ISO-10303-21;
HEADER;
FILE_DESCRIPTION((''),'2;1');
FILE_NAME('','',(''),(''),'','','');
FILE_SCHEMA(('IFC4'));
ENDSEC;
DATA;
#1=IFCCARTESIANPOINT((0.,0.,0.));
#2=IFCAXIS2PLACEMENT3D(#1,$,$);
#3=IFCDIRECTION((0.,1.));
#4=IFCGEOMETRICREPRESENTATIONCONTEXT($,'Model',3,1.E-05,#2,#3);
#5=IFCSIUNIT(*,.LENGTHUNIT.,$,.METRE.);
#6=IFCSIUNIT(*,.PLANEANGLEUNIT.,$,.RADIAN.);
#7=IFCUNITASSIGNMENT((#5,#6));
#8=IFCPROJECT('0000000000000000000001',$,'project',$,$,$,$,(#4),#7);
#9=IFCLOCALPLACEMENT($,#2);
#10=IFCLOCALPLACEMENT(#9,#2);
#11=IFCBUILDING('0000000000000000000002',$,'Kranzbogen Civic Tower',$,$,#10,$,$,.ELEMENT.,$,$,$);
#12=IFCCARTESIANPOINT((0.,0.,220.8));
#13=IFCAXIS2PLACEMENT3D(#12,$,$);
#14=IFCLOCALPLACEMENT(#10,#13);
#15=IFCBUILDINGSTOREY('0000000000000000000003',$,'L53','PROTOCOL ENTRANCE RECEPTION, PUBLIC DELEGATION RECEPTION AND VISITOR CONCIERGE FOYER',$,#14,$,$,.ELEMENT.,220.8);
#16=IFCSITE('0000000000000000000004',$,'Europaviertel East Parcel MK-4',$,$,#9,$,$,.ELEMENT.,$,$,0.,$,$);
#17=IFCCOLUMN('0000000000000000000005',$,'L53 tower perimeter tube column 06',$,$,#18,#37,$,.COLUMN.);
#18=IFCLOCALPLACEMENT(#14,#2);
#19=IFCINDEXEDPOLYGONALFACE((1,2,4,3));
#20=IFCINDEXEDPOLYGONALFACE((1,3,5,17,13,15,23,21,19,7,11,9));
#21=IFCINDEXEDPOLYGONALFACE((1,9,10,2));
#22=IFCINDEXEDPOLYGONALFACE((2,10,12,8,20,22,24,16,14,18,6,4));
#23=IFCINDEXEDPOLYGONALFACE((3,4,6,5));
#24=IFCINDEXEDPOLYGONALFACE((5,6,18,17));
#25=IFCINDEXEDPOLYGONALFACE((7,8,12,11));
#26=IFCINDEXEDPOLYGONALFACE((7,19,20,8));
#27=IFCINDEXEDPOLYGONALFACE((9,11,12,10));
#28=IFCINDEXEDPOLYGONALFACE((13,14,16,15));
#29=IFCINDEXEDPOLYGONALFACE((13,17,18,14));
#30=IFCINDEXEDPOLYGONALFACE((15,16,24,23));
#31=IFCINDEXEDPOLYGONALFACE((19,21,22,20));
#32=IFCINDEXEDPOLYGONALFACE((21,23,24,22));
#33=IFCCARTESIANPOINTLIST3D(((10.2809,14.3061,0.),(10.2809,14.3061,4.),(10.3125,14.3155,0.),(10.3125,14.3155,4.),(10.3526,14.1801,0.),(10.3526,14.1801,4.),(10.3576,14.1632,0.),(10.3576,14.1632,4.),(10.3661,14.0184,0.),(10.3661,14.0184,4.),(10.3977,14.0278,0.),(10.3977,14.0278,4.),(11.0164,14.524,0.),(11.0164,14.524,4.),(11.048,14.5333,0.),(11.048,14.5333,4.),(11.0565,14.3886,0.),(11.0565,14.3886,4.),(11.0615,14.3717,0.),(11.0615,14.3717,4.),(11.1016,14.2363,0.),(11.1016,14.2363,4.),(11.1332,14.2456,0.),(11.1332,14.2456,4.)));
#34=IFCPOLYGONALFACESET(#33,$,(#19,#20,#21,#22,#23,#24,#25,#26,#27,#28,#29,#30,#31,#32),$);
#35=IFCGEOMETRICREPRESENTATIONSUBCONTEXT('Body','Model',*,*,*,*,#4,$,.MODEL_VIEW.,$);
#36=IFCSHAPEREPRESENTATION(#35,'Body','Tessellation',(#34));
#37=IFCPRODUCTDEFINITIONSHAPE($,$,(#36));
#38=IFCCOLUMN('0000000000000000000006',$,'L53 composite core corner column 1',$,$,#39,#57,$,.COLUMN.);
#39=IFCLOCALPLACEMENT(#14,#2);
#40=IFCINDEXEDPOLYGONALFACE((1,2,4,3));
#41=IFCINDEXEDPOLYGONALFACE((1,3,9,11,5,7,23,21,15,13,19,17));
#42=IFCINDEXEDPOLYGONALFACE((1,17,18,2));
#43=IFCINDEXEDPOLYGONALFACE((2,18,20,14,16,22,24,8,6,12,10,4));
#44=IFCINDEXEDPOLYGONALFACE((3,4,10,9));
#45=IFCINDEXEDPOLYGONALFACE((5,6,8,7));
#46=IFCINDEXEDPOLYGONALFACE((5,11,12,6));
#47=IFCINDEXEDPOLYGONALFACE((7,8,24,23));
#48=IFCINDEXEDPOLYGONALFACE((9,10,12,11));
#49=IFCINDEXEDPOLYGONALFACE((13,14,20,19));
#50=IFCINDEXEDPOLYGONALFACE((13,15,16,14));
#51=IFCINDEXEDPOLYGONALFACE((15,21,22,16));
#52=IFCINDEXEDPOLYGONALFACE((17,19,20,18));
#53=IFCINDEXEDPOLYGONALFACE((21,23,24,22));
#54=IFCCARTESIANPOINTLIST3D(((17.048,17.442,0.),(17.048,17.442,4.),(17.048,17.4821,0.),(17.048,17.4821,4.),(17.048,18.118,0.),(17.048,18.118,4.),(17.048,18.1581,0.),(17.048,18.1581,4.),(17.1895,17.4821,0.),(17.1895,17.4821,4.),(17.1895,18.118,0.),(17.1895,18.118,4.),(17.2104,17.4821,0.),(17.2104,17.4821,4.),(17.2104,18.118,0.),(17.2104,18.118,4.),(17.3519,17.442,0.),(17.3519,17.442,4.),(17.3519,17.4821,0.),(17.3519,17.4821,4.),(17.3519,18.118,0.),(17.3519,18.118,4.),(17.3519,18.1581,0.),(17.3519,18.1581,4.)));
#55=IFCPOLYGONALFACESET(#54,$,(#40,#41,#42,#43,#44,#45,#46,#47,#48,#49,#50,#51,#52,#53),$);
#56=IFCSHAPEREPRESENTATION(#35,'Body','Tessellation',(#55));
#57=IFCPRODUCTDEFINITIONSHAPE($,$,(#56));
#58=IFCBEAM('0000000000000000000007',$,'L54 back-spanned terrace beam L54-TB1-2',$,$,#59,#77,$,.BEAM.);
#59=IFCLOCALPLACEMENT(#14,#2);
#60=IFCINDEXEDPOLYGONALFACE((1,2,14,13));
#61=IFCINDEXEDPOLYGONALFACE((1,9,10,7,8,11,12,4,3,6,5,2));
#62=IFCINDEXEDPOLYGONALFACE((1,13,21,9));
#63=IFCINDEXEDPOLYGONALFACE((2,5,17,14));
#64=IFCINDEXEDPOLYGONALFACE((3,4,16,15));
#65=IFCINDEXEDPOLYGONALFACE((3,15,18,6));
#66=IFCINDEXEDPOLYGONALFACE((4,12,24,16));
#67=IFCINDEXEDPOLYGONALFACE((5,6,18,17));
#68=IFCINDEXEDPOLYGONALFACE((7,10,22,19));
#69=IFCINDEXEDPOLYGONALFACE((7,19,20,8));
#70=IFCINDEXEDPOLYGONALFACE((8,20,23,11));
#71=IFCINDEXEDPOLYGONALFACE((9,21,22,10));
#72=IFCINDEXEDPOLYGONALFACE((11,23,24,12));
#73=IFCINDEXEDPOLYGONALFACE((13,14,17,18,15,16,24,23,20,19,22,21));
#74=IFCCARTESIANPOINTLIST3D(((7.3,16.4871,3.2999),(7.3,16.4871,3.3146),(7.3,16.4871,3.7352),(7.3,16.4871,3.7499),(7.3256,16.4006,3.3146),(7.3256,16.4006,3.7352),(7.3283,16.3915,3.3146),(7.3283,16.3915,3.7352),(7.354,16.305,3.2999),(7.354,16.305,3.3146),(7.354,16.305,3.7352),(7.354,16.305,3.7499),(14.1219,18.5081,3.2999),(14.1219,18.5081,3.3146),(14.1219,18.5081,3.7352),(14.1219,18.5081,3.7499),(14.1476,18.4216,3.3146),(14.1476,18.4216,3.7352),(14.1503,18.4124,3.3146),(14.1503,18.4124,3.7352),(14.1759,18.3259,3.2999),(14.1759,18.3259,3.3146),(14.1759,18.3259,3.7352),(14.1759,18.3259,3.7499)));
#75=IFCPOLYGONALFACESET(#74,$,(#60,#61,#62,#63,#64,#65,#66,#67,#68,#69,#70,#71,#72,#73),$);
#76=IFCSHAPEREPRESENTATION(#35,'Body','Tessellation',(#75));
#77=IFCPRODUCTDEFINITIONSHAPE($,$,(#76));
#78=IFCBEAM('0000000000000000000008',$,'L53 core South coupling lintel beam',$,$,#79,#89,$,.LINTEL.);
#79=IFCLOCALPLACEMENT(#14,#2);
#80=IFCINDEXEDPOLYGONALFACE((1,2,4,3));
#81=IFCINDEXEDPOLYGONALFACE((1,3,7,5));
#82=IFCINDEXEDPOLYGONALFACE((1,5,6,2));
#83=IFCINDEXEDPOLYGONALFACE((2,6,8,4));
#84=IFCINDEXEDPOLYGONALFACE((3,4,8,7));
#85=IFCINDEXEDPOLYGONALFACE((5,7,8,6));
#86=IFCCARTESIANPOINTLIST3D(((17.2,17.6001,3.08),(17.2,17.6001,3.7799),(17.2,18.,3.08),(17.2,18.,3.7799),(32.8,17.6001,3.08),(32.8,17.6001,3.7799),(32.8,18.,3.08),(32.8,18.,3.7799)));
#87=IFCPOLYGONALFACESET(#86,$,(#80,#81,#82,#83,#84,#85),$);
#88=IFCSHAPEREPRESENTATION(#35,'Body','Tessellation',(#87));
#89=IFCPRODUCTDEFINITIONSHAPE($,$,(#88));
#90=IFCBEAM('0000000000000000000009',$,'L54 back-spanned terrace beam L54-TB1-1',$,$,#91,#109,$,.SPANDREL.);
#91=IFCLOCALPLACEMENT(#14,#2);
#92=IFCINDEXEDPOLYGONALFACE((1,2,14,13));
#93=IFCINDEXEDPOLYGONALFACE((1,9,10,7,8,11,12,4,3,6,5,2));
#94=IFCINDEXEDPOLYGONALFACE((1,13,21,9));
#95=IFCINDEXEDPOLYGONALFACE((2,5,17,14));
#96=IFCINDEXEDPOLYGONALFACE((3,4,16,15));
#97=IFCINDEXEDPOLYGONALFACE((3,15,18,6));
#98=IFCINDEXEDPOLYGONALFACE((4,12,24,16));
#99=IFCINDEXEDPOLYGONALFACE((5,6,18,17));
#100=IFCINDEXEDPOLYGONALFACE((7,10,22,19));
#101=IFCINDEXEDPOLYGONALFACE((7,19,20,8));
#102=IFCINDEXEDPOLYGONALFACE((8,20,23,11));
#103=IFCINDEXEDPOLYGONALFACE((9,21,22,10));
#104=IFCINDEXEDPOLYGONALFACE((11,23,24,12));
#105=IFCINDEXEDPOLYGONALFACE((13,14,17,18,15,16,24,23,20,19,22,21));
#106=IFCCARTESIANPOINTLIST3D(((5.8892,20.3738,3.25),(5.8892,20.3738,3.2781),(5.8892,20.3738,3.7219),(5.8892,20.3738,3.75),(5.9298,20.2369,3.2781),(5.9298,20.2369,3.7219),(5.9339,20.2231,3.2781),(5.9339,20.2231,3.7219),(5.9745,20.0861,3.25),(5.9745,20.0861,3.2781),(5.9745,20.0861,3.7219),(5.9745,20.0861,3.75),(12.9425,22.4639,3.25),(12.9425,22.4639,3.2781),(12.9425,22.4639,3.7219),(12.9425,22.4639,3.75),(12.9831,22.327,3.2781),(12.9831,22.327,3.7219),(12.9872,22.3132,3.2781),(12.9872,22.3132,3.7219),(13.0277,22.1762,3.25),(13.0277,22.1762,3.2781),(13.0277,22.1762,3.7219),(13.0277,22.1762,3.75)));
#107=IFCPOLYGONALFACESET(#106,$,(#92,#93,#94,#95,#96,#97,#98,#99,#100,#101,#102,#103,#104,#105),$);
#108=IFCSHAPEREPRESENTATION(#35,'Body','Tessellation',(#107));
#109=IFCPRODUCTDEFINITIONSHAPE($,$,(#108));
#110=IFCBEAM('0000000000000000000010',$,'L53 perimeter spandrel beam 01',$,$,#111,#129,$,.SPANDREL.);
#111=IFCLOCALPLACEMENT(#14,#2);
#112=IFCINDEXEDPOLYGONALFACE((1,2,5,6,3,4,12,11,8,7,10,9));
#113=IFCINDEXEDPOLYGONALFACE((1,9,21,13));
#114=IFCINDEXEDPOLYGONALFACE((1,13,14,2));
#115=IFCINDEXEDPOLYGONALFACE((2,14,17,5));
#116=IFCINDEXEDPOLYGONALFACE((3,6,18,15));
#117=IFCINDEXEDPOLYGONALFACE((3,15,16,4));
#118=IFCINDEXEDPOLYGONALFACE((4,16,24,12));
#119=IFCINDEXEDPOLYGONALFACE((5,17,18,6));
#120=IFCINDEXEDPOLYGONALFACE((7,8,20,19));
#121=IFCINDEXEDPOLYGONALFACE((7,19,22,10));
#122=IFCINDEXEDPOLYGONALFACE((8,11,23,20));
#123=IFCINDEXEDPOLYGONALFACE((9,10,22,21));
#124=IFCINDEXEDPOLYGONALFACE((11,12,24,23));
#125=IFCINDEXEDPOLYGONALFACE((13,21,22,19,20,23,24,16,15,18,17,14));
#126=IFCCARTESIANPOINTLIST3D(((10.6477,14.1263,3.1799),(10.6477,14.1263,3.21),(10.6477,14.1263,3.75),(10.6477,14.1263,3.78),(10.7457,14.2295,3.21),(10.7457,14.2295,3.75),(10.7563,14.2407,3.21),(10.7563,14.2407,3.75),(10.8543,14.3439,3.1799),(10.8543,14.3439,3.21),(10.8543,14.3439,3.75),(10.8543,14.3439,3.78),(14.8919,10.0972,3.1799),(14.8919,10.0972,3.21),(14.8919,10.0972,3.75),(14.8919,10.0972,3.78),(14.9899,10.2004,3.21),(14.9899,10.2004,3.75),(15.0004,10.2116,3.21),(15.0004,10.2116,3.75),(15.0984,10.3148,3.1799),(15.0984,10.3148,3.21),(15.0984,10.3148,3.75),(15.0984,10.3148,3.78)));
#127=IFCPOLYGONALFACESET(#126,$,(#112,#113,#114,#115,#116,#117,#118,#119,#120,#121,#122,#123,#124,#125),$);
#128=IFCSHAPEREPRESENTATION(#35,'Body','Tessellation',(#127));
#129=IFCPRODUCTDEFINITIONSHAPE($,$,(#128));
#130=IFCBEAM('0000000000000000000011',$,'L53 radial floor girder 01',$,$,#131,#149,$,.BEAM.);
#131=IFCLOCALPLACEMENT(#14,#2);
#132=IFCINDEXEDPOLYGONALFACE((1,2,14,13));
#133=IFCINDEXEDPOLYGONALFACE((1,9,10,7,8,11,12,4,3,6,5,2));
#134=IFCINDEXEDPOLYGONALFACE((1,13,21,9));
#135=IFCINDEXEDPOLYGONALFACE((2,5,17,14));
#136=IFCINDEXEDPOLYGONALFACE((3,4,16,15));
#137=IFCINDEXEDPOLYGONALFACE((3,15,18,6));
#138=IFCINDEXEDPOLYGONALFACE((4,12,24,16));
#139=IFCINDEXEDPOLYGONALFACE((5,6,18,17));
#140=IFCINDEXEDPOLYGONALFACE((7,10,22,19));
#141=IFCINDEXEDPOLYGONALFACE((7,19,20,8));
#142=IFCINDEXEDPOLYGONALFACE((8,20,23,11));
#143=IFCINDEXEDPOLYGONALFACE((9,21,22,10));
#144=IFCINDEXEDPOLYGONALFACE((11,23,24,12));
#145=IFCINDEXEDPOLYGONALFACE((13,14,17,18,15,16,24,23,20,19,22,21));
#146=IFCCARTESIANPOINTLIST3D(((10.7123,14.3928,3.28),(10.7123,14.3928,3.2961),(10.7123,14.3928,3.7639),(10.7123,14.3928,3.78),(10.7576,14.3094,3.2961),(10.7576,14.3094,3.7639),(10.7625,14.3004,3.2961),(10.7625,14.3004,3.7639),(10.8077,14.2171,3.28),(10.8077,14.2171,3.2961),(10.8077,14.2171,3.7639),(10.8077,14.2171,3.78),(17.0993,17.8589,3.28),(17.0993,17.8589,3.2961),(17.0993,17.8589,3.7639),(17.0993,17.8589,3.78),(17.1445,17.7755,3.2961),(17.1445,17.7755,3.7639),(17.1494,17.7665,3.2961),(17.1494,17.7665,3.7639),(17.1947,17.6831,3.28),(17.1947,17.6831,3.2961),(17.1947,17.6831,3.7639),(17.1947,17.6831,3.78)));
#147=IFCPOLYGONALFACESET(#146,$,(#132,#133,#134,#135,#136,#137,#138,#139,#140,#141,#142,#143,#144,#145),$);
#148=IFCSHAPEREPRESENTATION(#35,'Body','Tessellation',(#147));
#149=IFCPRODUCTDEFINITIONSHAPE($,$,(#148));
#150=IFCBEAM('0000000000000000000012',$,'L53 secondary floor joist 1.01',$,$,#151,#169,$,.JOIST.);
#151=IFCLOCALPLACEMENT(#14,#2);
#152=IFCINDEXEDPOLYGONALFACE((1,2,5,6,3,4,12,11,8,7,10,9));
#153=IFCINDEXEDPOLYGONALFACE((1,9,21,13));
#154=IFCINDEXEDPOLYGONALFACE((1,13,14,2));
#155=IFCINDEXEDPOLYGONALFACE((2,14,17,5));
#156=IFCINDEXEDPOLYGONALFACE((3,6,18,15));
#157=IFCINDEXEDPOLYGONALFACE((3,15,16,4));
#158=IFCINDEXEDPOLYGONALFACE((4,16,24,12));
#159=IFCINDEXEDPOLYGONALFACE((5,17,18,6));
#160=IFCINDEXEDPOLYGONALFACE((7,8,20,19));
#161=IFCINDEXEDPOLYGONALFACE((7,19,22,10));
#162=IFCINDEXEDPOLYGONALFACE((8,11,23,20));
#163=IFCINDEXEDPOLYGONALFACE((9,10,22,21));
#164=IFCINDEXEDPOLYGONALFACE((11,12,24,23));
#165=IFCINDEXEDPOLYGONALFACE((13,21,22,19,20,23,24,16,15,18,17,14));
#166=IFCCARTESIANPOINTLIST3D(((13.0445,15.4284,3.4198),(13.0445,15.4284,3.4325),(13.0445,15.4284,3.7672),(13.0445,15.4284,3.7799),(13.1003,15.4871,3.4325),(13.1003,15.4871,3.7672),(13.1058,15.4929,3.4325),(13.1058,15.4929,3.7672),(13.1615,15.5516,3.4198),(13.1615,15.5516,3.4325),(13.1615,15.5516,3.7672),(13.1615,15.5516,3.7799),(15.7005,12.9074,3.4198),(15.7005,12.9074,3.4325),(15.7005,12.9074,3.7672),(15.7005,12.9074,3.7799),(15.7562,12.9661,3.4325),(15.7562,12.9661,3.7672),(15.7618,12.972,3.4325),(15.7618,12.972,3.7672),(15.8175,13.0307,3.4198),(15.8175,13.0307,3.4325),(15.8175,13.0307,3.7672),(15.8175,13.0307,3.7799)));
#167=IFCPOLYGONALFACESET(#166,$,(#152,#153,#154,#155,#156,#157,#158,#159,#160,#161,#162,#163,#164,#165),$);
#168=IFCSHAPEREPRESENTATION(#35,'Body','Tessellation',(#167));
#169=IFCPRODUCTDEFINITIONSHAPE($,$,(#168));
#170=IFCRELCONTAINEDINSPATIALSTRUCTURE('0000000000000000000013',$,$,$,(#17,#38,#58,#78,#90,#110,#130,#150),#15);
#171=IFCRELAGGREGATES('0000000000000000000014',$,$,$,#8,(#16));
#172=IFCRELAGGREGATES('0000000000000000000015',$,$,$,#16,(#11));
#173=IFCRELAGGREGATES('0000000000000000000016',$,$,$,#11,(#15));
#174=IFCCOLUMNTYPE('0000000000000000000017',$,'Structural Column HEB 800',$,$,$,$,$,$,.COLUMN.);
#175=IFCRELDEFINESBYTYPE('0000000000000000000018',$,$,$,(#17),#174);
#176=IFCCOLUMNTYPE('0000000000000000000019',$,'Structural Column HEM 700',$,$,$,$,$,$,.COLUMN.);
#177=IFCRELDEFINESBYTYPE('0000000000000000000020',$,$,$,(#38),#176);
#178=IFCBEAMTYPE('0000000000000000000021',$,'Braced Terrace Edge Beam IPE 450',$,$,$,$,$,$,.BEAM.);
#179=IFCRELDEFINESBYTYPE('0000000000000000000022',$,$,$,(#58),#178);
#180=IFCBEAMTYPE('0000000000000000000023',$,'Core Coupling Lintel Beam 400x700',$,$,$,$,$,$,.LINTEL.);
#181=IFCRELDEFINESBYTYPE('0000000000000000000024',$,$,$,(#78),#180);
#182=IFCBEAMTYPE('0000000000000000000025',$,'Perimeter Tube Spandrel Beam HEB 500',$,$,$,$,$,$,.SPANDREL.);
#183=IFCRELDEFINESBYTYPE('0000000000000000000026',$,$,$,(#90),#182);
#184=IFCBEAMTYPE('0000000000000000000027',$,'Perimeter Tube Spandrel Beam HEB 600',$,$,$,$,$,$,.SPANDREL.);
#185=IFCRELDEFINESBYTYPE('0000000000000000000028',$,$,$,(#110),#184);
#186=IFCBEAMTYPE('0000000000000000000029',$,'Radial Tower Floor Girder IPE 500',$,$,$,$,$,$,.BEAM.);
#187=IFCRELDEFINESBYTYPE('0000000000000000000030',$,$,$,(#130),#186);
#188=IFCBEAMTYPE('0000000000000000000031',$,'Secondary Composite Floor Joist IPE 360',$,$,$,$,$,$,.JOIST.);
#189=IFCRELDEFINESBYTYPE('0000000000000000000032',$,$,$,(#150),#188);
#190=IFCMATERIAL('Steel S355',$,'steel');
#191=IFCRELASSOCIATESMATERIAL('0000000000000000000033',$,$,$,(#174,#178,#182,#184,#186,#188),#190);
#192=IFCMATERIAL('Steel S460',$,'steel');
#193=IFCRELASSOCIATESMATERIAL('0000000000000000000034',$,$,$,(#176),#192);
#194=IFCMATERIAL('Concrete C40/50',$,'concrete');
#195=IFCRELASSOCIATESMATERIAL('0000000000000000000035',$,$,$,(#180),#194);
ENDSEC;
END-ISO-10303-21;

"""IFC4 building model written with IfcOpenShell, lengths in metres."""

from ifc_helpers import new_model, si_unit, direction, frame, origin, origin_2d, place, context, subcontext, project, spatial, rectangle, i_section, extrude, material, material_profile, profile_set, type_object, element, save


model = new_model("IFC4")

# Units and contexts
model_context = context("Model", 3, precision=1e-05, world=origin(), true_north=direction((0.0, 1.0)))
body_context = subcontext(model_context, "Body", "Model", "MODEL_VIEW")
ifc_project = project(units=[si_unit("LENGTHUNIT", "METRE"), si_unit("PLANEANGLEUNIT", "RADIAN")], contexts=[model_context])

# Site, building, storey
site_placement = place(None, origin())
site = spatial("IfcSite", under=ifc_project, at=site_placement, Name="Europaviertel East Parcel MK-4", CompositionType="ELEMENT", RefElevation=0.0)
building_placement = place(site_placement, origin())
building = spatial("IfcBuilding", under=site, at=building_placement, Name="Kranzbogen Civic Tower", CompositionType="ELEMENT")
storey_placement = place(building_placement, frame((0.0, 0.0, 220.8)))
storey = spatial("IfcBuildingStorey", under=building, at=storey_placement, Name="L53", Description="PROTOCOL ENTRANCE RECEPTION, PUBLIC DELEGATION RECEPTION AND VISITOR CONCIERGE FOYER", CompositionType="ELEMENT", Elevation=220.8)

# Columns
ifc_material_1 = material(Name="Steel S355", Category="steel")
ifc_material_profile_1 = material_profile(ifc_material_1, i_section(OverallWidth=0.3, OverallDepth=0.8, WebThickness=0.0176, FlangeThickness=0.033, at=origin_2d()), Name="HEB 800")
ifc_profile_set_1 = profile_set([ifc_material_profile_1], Name="Steel S355")
column_type_1 = type_object("IfcColumnType", Name="Structural Column HEB 800", PredefinedType="COLUMN", material=ifc_profile_set_1)
column_1_placement = place(storey_placement, frame((10.707, 14.2759, 0.0), z_axis=(0.0, 0.0, 1.0), x_axis=(-0.284015, 0.95882, 0.0)))
element("IfcColumn", 1, at=column_1_placement, inside=storey, type_object=column_type_1, Name="L53 tower perimeter tube column 06", PredefinedType="COLUMN", context=body_context, shape_type="SweptSolid", body=[
    extrude(i_section(OverallWidth=0.3, OverallDepth=0.8, WebThickness=0.0176, FlangeThickness=0.033, at=origin_2d()), origin(), (0.0, 0.0, 1.0), 4.0),
])
ifc_material_2 = material(Name="Steel S460", Category="steel")
ifc_material_profile_2 = material_profile(ifc_material_2, i_section(OverallWidth=0.304, OverallDepth=0.7161, WebThickness=0.021, FlangeThickness=0.04, at=origin_2d()), Name="HEM 700")
ifc_profile_set_2 = profile_set([ifc_material_profile_2], Name="Steel S460")
column_type_2 = type_object("IfcColumnType", Name="Structural Column HEM 700", PredefinedType="COLUMN", material=ifc_profile_set_2)
column_2_placement = place(storey_placement, frame((17.2, 17.8, 0.0), z_axis=(0.0, 0.0, 1.0), x_axis=(1.0, 0.0, 0.0)))
element("IfcColumn", 2, at=column_2_placement, inside=storey, type_object=column_type_2, Name="L53 composite core corner column 1", PredefinedType="COLUMN", context=body_context, shape_type="SweptSolid", body=[
    extrude(i_section(OverallWidth=0.304, OverallDepth=0.7161, WebThickness=0.021, FlangeThickness=0.04, at=origin_2d()), origin(), (0.0, 0.0, 1.0), 4.0),
])

# Beams
ifc_material_profile_3 = material_profile(ifc_material_1, i_section(OverallWidth=0.1899, OverallDepth=0.45, WebThickness=0.0095, FlangeThickness=0.0146, at=origin_2d()), Name="IPE 450")
ifc_profile_set_3 = profile_set([ifc_material_profile_3], Name="Steel S355")
beam_type_1 = type_object("IfcBeamType", Name="Braced Terrace Edge Beam IPE 450", PredefinedType="BEAM", material=ifc_profile_set_3)
beam_1_placement = place(storey_placement, frame((14.1489, 18.417, 3.5249), z_axis=(-0.958811, -0.284044, 0.0), x_axis=(0.284044, -0.958811, 0.0)))
element("IfcBeam", 3, at=beam_1_placement, inside=storey, type_object=beam_type_1, Name="L54 back-spanned terrace beam L54-TB1-2", PredefinedType="BEAM", context=body_context, shape_type="SweptSolid", body=[
    extrude(i_section(OverallWidth=0.1899, OverallDepth=0.45, WebThickness=0.0095, FlangeThickness=0.0146, at=origin_2d()), origin(), (0.0, 0.0, 1.0), 7.115),
])
ifc_material_3 = material(Name="Concrete C40/50", Category="concrete")
ifc_material_profile_4 = material_profile(ifc_material_3, rectangle(XDim=0.3999, YDim=0.7, at=origin_2d()), Name="RC-BM 400x700")
ifc_profile_set_4 = profile_set([ifc_material_profile_4], Name="Concrete C40/50")
beam_type_2 = type_object("IfcBeamType", Name="Core Coupling Lintel Beam 400x700", PredefinedType="LINTEL", material=ifc_profile_set_4)
beam_2_placement = place(storey_placement, frame((17.2, 17.8, 3.4299), z_axis=(1.0, 0.0, 0.0), x_axis=(0.0, 1.0, 0.0)))
element("IfcBeam", 4, at=beam_2_placement, inside=storey, type_object=beam_type_2, Name="L53 core South coupling lintel beam", PredefinedType="LINTEL", context=body_context, shape_type="SweptSolid", body=[
    extrude(rectangle(XDim=0.3999, YDim=0.7, at=origin_2d()), origin(), (0.0, 0.0, 1.0), 15.6001),
])
ifc_material_profile_5 = material_profile(ifc_material_1, i_section(OverallWidth=0.3, OverallDepth=0.5, WebThickness=0.0144, FlangeThickness=0.0281, at=origin_2d()), Name="HEB 500")
ifc_profile_set_5 = profile_set([ifc_material_profile_5], Name="Steel S355")
beam_type_3 = type_object("IfcBeamType", Name="Perimeter Tube Spandrel Beam HEB 500", PredefinedType="SPANDREL", material=ifc_profile_set_5)
beam_3_placement = place(storey_placement, frame((12.9851, 22.3201, 3.5), z_axis=(-0.958789, -0.284119, 0.0), x_axis=(0.284119, -0.958789, 0.0)))
element("IfcBeam", 5, at=beam_3_placement, inside=storey, type_object=beam_type_3, Name="L54 back-spanned terrace beam L54-TB1-1", PredefinedType="SPANDREL", context=body_context, shape_type="SweptSolid", body=[
    extrude(i_section(OverallWidth=0.3, OverallDepth=0.5, WebThickness=0.0144, FlangeThickness=0.0281, at=origin_2d()), origin(), (0.0, 0.0, 1.0), 7.3564),
])
ifc_material_profile_6 = material_profile(ifc_material_1, i_section(OverallWidth=0.3, OverallDepth=0.6001, WebThickness=0.0154, FlangeThickness=0.03, at=origin_2d()), Name="HEB 600")
ifc_profile_set_6 = profile_set([ifc_material_profile_6], Name="Steel S355")
beam_type_4 = type_object("IfcBeamType", Name="Perimeter Tube Spandrel Beam HEB 600", PredefinedType="SPANDREL", material=ifc_profile_set_6)
beam_4_placement = place(storey_placement, frame((10.751, 14.2351, 3.48), z_axis=(0.725245, -0.688491, 0.0), x_axis=(0.688491, 0.725245, 0.0)))
element("IfcBeam", 6, at=beam_4_placement, inside=storey, type_object=beam_type_4, Name="L53 perimeter spandrel beam 01", PredefinedType="SPANDREL", context=body_context, shape_type="SweptSolid", body=[
    extrude(i_section(OverallWidth=0.3, OverallDepth=0.6001, WebThickness=0.0154, FlangeThickness=0.03, at=origin_2d()), origin(), (0.0, 0.0, 1.0), 5.8521),
])
ifc_material_profile_7 = material_profile(ifc_material_1, i_section(OverallWidth=0.2, OverallDepth=0.5, WebThickness=0.0103, FlangeThickness=0.0161, at=origin_2d()), Name="IPE 500")
ifc_profile_set_7 = profile_set([ifc_material_profile_7], Name="Steel S355")
beam_type_5 = type_object("IfcBeamType", Name="Radial Tower Floor Girder IPE 500", PredefinedType="BEAM", material=ifc_profile_set_7)
beam_5_placement = place(storey_placement, frame((10.76, 14.3049, 3.53), z_axis=(0.878919, 0.47697, 0.0), x_axis=(-0.47697, 0.878919, 0.0)))
element("IfcBeam", 7, at=beam_5_placement, inside=storey, type_object=beam_type_5, Name="L53 radial floor girder 01", PredefinedType="BEAM", context=body_context, shape_type="SweptSolid", body=[
    extrude(i_section(OverallWidth=0.2, OverallDepth=0.5, WebThickness=0.0103, FlangeThickness=0.0161, at=origin_2d()), origin(), (0.0, 0.0, 1.0), 7.2668),
])
ifc_material_profile_8 = material_profile(ifc_material_1, i_section(OverallWidth=0.1699, OverallDepth=0.3601, WebThickness=0.0081, FlangeThickness=0.0127, at=origin_2d()), Name="IPE 360")
ifc_profile_set_8 = profile_set([ifc_material_profile_8], Name="Steel S355")
beam_type_6 = type_object("IfcBeamType", Name="Secondary Composite Floor Joist IPE 360", PredefinedType="JOIST", material=ifc_profile_set_8)
beam_6_placement = place(storey_placement, frame((13.103, 15.49, 3.5999), z_axis=(0.725301, -0.688432, 0.0), x_axis=(0.688432, 0.725301, 0.0)))
element("IfcBeam", 8, at=beam_6_placement, inside=storey, type_object=beam_type_6, Name="L53 secondary floor joist 1.01", PredefinedType="JOIST", context=body_context, shape_type="SweptSolid", body=[
    extrude(i_section(OverallWidth=0.1699, OverallDepth=0.3601, WebThickness=0.0081, FlangeThickness=0.0127, at=origin_2d()), origin(), (0.0, 0.0, 1.0), 3.6619),
])

save(model, "model.ifc")
